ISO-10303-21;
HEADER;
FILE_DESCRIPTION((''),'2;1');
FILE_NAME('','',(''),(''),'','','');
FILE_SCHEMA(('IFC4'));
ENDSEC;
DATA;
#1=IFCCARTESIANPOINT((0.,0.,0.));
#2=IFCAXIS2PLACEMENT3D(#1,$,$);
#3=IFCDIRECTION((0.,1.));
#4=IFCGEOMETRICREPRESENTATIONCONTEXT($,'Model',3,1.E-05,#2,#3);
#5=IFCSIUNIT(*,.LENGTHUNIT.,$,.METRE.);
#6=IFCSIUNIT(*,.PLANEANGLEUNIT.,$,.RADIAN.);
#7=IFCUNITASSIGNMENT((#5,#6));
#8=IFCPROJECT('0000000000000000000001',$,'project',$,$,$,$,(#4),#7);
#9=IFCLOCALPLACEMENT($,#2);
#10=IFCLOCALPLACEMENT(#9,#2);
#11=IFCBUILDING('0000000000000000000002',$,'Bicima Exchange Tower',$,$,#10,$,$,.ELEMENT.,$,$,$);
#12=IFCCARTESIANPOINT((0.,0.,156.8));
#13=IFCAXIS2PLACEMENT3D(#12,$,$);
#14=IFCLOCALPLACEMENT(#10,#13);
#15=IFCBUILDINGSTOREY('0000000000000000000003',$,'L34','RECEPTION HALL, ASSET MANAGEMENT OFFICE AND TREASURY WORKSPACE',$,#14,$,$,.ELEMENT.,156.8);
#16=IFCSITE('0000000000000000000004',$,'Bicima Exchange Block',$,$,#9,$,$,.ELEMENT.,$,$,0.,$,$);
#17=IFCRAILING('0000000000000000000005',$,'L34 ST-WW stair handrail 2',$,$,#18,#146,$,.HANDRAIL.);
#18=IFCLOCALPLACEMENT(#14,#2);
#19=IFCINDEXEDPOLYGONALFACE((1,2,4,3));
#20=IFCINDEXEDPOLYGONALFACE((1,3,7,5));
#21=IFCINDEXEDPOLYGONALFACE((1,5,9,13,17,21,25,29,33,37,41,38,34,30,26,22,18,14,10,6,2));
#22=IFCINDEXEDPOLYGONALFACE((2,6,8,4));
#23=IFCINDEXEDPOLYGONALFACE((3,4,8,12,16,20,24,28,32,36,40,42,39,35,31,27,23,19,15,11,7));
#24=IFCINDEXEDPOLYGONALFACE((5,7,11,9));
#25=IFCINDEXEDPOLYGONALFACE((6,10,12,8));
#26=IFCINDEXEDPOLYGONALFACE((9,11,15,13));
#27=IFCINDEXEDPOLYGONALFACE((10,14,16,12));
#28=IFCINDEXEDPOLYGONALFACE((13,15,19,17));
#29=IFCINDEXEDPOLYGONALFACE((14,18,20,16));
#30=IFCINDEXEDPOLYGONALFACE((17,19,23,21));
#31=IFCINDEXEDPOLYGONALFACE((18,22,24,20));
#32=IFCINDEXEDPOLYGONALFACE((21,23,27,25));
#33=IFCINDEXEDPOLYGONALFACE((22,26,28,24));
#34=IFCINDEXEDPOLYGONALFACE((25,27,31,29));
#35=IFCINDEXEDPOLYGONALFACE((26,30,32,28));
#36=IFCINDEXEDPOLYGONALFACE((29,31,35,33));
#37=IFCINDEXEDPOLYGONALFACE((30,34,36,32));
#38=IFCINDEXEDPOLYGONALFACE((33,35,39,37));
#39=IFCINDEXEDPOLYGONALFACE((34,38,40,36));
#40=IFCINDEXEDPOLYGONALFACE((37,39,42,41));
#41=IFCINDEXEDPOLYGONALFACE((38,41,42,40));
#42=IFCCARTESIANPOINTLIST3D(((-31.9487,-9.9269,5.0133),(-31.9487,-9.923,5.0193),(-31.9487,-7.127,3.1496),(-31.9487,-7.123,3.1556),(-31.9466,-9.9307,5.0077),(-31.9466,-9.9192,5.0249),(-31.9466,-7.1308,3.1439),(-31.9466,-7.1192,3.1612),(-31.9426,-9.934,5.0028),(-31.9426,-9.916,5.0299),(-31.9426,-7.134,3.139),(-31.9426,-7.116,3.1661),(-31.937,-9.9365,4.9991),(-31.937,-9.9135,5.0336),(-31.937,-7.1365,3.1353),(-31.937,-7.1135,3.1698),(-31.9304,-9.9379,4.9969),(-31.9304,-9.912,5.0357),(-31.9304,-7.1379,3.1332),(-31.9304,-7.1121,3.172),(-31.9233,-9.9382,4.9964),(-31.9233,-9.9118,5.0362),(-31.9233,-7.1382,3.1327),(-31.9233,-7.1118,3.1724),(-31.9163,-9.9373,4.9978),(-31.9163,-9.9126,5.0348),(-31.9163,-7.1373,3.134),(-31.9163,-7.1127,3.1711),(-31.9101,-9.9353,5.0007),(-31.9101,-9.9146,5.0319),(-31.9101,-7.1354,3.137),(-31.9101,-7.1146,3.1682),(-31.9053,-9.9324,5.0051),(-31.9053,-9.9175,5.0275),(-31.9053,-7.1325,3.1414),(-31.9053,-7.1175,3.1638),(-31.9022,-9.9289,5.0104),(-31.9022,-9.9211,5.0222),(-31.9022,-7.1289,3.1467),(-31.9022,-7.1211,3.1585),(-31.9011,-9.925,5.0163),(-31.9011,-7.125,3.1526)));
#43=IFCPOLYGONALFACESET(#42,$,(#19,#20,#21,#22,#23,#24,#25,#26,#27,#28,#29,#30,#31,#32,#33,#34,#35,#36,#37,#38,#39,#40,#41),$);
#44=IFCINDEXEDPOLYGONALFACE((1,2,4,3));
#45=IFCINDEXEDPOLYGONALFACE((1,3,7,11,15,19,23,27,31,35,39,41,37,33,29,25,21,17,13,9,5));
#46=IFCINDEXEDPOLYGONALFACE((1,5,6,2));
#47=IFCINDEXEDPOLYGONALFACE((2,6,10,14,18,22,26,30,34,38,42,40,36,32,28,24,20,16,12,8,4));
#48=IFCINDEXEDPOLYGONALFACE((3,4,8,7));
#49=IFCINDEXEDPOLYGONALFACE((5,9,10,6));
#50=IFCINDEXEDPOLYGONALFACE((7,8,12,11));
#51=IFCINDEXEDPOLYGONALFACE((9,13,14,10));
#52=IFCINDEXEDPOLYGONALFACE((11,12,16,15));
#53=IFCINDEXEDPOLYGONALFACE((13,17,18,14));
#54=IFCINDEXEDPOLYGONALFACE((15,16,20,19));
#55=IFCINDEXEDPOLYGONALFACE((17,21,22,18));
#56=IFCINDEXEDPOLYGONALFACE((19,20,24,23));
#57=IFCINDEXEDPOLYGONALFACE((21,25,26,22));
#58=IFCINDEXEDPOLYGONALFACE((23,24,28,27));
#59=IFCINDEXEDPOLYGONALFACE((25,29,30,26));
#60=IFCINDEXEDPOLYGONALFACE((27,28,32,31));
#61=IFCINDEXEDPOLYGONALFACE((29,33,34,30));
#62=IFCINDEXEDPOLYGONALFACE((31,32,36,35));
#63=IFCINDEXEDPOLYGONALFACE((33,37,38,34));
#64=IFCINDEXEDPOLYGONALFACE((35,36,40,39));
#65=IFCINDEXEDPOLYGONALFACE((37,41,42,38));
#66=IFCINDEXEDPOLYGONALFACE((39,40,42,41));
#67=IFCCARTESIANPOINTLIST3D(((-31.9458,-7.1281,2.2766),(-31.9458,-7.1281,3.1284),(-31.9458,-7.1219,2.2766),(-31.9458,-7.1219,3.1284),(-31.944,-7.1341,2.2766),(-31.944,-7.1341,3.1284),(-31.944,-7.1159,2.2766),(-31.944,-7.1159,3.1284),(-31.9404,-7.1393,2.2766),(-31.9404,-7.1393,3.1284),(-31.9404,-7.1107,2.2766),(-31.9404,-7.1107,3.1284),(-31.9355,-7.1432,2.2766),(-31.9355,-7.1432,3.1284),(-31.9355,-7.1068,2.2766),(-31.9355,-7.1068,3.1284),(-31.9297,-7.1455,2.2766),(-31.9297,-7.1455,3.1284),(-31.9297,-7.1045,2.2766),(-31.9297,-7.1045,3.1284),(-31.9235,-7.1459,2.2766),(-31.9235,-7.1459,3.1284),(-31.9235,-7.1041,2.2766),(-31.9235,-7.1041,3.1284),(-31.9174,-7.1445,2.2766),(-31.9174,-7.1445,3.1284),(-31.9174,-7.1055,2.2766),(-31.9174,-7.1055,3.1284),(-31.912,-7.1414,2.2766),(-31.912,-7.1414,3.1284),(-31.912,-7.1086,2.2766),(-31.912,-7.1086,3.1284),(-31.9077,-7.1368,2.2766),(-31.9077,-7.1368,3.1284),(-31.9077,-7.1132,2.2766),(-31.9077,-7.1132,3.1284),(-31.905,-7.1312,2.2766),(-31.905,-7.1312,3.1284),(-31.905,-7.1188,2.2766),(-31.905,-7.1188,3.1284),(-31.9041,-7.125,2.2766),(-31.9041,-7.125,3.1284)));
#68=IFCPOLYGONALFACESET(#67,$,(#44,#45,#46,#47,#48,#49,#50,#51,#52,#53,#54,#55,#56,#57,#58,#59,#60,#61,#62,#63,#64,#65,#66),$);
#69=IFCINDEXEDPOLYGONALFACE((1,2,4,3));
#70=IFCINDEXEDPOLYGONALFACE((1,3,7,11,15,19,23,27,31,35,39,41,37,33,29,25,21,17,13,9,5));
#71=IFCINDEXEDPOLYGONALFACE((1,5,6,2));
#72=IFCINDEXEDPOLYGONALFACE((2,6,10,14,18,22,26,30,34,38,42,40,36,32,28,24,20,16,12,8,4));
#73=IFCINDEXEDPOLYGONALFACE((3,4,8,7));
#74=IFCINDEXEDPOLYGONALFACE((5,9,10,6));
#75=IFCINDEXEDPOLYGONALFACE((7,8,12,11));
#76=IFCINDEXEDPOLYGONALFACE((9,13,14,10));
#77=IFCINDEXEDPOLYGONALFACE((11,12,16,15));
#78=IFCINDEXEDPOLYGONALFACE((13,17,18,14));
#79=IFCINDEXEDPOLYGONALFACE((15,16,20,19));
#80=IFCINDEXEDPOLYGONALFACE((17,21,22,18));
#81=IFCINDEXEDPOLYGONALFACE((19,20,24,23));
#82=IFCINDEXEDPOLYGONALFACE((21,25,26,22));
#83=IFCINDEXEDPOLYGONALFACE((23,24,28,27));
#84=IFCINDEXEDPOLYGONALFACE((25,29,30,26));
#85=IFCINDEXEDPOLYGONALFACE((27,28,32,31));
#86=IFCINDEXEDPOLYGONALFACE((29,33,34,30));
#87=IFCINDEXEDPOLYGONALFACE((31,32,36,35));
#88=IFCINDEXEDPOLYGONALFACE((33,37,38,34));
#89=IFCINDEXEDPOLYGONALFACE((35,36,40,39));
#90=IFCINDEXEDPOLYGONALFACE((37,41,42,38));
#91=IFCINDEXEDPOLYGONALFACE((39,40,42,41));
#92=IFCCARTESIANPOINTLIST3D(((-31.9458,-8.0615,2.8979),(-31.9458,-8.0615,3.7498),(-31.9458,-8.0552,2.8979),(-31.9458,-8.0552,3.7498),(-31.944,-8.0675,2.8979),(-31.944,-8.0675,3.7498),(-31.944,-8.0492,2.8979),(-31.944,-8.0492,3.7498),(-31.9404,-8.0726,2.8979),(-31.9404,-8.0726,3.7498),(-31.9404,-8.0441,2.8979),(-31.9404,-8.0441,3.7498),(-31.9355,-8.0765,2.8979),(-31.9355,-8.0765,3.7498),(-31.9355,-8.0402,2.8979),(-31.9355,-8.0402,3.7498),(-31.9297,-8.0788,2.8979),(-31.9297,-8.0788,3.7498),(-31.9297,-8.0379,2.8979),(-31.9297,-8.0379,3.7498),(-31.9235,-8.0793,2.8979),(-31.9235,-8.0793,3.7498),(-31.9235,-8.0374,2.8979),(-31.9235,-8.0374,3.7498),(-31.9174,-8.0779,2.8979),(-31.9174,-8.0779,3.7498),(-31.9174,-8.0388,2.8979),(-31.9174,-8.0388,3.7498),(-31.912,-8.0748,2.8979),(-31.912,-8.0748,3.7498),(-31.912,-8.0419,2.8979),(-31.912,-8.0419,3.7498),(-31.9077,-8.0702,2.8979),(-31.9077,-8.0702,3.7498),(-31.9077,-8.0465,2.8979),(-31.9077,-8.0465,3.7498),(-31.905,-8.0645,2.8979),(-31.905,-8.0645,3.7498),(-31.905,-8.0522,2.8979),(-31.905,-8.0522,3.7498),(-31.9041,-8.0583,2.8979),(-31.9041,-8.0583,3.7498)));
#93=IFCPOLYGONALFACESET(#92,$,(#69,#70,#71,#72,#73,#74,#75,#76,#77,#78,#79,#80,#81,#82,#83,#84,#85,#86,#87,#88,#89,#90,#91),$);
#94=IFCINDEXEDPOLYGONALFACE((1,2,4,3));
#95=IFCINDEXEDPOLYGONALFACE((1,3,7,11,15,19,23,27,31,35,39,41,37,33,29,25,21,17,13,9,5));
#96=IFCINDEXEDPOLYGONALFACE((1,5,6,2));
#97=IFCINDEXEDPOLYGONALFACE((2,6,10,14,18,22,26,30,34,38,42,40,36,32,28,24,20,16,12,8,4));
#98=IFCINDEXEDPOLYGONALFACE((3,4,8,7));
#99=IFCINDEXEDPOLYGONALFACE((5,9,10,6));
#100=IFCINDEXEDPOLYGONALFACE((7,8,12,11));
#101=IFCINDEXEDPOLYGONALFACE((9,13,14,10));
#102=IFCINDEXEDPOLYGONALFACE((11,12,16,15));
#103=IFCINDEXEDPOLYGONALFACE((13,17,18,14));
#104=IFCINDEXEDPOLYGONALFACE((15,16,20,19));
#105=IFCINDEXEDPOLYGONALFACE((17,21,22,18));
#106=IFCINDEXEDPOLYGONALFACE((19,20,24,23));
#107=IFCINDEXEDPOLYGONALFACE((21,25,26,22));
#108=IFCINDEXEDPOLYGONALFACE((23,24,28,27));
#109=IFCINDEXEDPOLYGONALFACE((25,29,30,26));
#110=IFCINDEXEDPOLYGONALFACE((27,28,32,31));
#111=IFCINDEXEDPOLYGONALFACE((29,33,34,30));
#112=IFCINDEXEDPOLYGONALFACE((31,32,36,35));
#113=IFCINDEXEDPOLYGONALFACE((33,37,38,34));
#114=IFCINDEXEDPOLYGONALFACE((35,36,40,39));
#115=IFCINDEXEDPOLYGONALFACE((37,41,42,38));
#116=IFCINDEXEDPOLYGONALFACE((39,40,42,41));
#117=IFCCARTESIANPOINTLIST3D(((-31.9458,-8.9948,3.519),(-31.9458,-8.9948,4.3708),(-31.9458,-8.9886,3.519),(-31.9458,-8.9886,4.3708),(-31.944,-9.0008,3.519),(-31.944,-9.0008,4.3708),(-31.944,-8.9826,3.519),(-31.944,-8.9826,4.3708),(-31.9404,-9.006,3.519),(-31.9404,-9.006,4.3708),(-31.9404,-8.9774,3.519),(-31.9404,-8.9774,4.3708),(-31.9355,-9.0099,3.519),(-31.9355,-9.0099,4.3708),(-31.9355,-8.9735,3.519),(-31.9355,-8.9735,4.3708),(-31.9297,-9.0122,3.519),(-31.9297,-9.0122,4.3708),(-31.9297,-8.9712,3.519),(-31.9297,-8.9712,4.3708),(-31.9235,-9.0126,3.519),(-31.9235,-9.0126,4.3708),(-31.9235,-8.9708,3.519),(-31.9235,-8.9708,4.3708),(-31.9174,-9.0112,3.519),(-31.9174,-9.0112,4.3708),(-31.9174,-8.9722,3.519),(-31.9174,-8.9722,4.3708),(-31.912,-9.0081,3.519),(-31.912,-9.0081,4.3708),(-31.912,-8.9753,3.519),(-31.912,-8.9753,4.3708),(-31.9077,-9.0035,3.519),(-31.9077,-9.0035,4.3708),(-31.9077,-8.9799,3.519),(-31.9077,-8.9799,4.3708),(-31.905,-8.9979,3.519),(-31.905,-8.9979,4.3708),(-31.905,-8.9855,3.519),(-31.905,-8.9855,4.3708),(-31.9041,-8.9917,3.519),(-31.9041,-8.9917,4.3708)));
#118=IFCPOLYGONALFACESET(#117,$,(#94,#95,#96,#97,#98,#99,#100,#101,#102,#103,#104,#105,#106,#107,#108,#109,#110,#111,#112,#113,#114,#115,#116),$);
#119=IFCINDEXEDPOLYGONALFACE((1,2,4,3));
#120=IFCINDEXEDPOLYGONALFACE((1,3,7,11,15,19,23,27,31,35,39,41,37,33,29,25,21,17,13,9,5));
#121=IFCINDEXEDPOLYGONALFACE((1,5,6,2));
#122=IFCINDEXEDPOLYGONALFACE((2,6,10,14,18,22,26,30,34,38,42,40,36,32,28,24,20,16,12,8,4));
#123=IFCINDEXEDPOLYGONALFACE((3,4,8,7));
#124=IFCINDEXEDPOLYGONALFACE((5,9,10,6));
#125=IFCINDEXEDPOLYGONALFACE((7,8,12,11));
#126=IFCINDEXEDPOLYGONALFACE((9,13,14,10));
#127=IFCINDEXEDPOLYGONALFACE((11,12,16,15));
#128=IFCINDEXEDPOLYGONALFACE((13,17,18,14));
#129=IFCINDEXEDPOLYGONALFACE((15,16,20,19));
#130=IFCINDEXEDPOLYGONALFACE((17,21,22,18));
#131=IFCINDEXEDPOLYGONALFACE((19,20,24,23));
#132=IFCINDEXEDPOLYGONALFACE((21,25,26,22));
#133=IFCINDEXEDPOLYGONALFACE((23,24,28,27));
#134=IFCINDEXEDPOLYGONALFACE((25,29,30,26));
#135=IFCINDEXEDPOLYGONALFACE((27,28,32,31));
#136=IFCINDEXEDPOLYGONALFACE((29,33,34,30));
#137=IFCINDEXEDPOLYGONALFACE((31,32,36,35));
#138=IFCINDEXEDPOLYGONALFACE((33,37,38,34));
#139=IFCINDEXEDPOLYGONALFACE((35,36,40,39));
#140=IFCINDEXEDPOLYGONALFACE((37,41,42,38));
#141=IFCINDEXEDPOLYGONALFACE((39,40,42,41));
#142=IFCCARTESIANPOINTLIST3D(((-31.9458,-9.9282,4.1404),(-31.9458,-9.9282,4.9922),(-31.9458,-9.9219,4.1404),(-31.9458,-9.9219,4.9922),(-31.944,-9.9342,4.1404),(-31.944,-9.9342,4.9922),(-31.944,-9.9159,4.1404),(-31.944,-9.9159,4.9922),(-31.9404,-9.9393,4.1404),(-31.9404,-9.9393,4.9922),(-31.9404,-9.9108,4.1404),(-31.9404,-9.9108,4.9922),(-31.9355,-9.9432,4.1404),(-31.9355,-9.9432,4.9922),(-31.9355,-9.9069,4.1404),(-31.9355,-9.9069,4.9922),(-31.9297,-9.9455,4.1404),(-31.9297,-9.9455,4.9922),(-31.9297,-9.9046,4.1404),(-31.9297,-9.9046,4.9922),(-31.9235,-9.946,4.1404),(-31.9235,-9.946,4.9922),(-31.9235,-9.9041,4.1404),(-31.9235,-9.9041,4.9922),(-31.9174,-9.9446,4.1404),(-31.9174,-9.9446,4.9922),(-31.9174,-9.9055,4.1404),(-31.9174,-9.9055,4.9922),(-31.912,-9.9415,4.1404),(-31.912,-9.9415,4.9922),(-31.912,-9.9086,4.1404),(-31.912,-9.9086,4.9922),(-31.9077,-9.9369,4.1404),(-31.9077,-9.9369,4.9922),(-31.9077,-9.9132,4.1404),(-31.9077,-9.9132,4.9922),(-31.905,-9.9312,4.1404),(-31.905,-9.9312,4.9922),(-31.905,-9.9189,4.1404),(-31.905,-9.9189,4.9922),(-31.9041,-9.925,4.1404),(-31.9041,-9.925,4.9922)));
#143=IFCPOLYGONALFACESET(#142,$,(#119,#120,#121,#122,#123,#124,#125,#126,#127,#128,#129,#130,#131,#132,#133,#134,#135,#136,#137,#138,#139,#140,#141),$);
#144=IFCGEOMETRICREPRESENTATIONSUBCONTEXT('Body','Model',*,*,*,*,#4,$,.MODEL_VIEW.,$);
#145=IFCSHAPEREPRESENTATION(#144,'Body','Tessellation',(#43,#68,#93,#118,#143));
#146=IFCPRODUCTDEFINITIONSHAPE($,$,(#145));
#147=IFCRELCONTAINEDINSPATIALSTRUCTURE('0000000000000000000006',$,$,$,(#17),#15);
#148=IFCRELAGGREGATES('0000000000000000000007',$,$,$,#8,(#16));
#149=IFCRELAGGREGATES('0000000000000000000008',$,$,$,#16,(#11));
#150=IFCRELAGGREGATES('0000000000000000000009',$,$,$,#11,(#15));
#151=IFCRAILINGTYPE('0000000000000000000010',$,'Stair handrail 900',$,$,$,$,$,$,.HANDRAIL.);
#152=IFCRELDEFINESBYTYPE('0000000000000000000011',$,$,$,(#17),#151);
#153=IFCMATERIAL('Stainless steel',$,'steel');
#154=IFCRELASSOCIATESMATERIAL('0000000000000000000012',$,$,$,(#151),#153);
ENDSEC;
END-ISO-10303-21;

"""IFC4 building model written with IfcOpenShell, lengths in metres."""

from ifc_helpers import new_model, si_unit, direction, frame, origin, origin_2d, place, context, subcontext, project, spatial, circle, extrude, material, type_object, element, save


model = new_model("IFC4")

# Units and contexts
model_context = context("Model", 3, precision=1e-05, world=origin(), true_north=direction((0.0, 1.0)))
body_context = subcontext(model_context, "Body", "Model", "MODEL_VIEW")
ifc_project = project(units=[si_unit("LENGTHUNIT", "METRE"), si_unit("PLANEANGLEUNIT", "RADIAN")], contexts=[model_context])

# Site, building, storey
site_placement = place(None, origin())
site = spatial("IfcSite", under=ifc_project, at=site_placement, Name="Bicima Exchange Block", CompositionType="ELEMENT", RefElevation=0.0)
building_placement = place(site_placement, origin())
building = spatial("IfcBuilding", under=site, at=building_placement, Name="Bicima Exchange Tower", CompositionType="ELEMENT")
storey_placement = place(building_placement, frame((0.0, 0.0, 156.8)))
storey = spatial("IfcBuildingStorey", under=building, at=storey_placement, Name="L34", Description="RECEPTION HALL, ASSET MANAGEMENT OFFICE AND TREASURY WORKSPACE", CompositionType="ELEMENT", Elevation=156.8)

# Railing
ifc_material_1 = material(Name="Stainless steel", Category="steel")
railing_type_1 = type_object("IfcRailingType", Name="Stair handrail 900", PredefinedType="HANDRAIL", material=ifc_material_1)
railing_1_placement = place(storey_placement, frame((-31.925, -7.125, 2.2766)))
element("IfcRailing", 1, at=railing_1_placement, inside=storey, type_object=railing_type_1, Name="L34 ST-WW stair handrail 2", PredefinedType="HANDRAIL", context=body_context, shape_type="SweptSolid", body=[
    extrude(circle(Radius=0.0239, at=origin_2d()), frame((0.0, 0.0, 0.876), z_axis=(0.0, -0.832452, 0.554097), x_axis=(1.0, 0.0, 0.0)), (0.0, 0.0, 1.0), 3.3635),
    extrude(circle(Radius=0.021, at=origin_2d()), origin(), (0.0, 0.0, 1.0), 0.8518),
    extrude(circle(Radius=0.021, at=origin_2d()), frame((0.0, -0.9333, 0.6213)), (0.0, 0.0, 1.0), 0.8518),
    extrude(circle(Radius=0.021, at=origin_2d()), frame((0.0, -1.8667, 1.2424)), (0.0, 0.0, 1.0), 0.8518),
    extrude(circle(Radius=0.021, at=origin_2d()), frame((0.0, -2.8, 1.8638)), (0.0, 0.0, 1.0), 0.8518),
])

save(model, "model.ifc")
